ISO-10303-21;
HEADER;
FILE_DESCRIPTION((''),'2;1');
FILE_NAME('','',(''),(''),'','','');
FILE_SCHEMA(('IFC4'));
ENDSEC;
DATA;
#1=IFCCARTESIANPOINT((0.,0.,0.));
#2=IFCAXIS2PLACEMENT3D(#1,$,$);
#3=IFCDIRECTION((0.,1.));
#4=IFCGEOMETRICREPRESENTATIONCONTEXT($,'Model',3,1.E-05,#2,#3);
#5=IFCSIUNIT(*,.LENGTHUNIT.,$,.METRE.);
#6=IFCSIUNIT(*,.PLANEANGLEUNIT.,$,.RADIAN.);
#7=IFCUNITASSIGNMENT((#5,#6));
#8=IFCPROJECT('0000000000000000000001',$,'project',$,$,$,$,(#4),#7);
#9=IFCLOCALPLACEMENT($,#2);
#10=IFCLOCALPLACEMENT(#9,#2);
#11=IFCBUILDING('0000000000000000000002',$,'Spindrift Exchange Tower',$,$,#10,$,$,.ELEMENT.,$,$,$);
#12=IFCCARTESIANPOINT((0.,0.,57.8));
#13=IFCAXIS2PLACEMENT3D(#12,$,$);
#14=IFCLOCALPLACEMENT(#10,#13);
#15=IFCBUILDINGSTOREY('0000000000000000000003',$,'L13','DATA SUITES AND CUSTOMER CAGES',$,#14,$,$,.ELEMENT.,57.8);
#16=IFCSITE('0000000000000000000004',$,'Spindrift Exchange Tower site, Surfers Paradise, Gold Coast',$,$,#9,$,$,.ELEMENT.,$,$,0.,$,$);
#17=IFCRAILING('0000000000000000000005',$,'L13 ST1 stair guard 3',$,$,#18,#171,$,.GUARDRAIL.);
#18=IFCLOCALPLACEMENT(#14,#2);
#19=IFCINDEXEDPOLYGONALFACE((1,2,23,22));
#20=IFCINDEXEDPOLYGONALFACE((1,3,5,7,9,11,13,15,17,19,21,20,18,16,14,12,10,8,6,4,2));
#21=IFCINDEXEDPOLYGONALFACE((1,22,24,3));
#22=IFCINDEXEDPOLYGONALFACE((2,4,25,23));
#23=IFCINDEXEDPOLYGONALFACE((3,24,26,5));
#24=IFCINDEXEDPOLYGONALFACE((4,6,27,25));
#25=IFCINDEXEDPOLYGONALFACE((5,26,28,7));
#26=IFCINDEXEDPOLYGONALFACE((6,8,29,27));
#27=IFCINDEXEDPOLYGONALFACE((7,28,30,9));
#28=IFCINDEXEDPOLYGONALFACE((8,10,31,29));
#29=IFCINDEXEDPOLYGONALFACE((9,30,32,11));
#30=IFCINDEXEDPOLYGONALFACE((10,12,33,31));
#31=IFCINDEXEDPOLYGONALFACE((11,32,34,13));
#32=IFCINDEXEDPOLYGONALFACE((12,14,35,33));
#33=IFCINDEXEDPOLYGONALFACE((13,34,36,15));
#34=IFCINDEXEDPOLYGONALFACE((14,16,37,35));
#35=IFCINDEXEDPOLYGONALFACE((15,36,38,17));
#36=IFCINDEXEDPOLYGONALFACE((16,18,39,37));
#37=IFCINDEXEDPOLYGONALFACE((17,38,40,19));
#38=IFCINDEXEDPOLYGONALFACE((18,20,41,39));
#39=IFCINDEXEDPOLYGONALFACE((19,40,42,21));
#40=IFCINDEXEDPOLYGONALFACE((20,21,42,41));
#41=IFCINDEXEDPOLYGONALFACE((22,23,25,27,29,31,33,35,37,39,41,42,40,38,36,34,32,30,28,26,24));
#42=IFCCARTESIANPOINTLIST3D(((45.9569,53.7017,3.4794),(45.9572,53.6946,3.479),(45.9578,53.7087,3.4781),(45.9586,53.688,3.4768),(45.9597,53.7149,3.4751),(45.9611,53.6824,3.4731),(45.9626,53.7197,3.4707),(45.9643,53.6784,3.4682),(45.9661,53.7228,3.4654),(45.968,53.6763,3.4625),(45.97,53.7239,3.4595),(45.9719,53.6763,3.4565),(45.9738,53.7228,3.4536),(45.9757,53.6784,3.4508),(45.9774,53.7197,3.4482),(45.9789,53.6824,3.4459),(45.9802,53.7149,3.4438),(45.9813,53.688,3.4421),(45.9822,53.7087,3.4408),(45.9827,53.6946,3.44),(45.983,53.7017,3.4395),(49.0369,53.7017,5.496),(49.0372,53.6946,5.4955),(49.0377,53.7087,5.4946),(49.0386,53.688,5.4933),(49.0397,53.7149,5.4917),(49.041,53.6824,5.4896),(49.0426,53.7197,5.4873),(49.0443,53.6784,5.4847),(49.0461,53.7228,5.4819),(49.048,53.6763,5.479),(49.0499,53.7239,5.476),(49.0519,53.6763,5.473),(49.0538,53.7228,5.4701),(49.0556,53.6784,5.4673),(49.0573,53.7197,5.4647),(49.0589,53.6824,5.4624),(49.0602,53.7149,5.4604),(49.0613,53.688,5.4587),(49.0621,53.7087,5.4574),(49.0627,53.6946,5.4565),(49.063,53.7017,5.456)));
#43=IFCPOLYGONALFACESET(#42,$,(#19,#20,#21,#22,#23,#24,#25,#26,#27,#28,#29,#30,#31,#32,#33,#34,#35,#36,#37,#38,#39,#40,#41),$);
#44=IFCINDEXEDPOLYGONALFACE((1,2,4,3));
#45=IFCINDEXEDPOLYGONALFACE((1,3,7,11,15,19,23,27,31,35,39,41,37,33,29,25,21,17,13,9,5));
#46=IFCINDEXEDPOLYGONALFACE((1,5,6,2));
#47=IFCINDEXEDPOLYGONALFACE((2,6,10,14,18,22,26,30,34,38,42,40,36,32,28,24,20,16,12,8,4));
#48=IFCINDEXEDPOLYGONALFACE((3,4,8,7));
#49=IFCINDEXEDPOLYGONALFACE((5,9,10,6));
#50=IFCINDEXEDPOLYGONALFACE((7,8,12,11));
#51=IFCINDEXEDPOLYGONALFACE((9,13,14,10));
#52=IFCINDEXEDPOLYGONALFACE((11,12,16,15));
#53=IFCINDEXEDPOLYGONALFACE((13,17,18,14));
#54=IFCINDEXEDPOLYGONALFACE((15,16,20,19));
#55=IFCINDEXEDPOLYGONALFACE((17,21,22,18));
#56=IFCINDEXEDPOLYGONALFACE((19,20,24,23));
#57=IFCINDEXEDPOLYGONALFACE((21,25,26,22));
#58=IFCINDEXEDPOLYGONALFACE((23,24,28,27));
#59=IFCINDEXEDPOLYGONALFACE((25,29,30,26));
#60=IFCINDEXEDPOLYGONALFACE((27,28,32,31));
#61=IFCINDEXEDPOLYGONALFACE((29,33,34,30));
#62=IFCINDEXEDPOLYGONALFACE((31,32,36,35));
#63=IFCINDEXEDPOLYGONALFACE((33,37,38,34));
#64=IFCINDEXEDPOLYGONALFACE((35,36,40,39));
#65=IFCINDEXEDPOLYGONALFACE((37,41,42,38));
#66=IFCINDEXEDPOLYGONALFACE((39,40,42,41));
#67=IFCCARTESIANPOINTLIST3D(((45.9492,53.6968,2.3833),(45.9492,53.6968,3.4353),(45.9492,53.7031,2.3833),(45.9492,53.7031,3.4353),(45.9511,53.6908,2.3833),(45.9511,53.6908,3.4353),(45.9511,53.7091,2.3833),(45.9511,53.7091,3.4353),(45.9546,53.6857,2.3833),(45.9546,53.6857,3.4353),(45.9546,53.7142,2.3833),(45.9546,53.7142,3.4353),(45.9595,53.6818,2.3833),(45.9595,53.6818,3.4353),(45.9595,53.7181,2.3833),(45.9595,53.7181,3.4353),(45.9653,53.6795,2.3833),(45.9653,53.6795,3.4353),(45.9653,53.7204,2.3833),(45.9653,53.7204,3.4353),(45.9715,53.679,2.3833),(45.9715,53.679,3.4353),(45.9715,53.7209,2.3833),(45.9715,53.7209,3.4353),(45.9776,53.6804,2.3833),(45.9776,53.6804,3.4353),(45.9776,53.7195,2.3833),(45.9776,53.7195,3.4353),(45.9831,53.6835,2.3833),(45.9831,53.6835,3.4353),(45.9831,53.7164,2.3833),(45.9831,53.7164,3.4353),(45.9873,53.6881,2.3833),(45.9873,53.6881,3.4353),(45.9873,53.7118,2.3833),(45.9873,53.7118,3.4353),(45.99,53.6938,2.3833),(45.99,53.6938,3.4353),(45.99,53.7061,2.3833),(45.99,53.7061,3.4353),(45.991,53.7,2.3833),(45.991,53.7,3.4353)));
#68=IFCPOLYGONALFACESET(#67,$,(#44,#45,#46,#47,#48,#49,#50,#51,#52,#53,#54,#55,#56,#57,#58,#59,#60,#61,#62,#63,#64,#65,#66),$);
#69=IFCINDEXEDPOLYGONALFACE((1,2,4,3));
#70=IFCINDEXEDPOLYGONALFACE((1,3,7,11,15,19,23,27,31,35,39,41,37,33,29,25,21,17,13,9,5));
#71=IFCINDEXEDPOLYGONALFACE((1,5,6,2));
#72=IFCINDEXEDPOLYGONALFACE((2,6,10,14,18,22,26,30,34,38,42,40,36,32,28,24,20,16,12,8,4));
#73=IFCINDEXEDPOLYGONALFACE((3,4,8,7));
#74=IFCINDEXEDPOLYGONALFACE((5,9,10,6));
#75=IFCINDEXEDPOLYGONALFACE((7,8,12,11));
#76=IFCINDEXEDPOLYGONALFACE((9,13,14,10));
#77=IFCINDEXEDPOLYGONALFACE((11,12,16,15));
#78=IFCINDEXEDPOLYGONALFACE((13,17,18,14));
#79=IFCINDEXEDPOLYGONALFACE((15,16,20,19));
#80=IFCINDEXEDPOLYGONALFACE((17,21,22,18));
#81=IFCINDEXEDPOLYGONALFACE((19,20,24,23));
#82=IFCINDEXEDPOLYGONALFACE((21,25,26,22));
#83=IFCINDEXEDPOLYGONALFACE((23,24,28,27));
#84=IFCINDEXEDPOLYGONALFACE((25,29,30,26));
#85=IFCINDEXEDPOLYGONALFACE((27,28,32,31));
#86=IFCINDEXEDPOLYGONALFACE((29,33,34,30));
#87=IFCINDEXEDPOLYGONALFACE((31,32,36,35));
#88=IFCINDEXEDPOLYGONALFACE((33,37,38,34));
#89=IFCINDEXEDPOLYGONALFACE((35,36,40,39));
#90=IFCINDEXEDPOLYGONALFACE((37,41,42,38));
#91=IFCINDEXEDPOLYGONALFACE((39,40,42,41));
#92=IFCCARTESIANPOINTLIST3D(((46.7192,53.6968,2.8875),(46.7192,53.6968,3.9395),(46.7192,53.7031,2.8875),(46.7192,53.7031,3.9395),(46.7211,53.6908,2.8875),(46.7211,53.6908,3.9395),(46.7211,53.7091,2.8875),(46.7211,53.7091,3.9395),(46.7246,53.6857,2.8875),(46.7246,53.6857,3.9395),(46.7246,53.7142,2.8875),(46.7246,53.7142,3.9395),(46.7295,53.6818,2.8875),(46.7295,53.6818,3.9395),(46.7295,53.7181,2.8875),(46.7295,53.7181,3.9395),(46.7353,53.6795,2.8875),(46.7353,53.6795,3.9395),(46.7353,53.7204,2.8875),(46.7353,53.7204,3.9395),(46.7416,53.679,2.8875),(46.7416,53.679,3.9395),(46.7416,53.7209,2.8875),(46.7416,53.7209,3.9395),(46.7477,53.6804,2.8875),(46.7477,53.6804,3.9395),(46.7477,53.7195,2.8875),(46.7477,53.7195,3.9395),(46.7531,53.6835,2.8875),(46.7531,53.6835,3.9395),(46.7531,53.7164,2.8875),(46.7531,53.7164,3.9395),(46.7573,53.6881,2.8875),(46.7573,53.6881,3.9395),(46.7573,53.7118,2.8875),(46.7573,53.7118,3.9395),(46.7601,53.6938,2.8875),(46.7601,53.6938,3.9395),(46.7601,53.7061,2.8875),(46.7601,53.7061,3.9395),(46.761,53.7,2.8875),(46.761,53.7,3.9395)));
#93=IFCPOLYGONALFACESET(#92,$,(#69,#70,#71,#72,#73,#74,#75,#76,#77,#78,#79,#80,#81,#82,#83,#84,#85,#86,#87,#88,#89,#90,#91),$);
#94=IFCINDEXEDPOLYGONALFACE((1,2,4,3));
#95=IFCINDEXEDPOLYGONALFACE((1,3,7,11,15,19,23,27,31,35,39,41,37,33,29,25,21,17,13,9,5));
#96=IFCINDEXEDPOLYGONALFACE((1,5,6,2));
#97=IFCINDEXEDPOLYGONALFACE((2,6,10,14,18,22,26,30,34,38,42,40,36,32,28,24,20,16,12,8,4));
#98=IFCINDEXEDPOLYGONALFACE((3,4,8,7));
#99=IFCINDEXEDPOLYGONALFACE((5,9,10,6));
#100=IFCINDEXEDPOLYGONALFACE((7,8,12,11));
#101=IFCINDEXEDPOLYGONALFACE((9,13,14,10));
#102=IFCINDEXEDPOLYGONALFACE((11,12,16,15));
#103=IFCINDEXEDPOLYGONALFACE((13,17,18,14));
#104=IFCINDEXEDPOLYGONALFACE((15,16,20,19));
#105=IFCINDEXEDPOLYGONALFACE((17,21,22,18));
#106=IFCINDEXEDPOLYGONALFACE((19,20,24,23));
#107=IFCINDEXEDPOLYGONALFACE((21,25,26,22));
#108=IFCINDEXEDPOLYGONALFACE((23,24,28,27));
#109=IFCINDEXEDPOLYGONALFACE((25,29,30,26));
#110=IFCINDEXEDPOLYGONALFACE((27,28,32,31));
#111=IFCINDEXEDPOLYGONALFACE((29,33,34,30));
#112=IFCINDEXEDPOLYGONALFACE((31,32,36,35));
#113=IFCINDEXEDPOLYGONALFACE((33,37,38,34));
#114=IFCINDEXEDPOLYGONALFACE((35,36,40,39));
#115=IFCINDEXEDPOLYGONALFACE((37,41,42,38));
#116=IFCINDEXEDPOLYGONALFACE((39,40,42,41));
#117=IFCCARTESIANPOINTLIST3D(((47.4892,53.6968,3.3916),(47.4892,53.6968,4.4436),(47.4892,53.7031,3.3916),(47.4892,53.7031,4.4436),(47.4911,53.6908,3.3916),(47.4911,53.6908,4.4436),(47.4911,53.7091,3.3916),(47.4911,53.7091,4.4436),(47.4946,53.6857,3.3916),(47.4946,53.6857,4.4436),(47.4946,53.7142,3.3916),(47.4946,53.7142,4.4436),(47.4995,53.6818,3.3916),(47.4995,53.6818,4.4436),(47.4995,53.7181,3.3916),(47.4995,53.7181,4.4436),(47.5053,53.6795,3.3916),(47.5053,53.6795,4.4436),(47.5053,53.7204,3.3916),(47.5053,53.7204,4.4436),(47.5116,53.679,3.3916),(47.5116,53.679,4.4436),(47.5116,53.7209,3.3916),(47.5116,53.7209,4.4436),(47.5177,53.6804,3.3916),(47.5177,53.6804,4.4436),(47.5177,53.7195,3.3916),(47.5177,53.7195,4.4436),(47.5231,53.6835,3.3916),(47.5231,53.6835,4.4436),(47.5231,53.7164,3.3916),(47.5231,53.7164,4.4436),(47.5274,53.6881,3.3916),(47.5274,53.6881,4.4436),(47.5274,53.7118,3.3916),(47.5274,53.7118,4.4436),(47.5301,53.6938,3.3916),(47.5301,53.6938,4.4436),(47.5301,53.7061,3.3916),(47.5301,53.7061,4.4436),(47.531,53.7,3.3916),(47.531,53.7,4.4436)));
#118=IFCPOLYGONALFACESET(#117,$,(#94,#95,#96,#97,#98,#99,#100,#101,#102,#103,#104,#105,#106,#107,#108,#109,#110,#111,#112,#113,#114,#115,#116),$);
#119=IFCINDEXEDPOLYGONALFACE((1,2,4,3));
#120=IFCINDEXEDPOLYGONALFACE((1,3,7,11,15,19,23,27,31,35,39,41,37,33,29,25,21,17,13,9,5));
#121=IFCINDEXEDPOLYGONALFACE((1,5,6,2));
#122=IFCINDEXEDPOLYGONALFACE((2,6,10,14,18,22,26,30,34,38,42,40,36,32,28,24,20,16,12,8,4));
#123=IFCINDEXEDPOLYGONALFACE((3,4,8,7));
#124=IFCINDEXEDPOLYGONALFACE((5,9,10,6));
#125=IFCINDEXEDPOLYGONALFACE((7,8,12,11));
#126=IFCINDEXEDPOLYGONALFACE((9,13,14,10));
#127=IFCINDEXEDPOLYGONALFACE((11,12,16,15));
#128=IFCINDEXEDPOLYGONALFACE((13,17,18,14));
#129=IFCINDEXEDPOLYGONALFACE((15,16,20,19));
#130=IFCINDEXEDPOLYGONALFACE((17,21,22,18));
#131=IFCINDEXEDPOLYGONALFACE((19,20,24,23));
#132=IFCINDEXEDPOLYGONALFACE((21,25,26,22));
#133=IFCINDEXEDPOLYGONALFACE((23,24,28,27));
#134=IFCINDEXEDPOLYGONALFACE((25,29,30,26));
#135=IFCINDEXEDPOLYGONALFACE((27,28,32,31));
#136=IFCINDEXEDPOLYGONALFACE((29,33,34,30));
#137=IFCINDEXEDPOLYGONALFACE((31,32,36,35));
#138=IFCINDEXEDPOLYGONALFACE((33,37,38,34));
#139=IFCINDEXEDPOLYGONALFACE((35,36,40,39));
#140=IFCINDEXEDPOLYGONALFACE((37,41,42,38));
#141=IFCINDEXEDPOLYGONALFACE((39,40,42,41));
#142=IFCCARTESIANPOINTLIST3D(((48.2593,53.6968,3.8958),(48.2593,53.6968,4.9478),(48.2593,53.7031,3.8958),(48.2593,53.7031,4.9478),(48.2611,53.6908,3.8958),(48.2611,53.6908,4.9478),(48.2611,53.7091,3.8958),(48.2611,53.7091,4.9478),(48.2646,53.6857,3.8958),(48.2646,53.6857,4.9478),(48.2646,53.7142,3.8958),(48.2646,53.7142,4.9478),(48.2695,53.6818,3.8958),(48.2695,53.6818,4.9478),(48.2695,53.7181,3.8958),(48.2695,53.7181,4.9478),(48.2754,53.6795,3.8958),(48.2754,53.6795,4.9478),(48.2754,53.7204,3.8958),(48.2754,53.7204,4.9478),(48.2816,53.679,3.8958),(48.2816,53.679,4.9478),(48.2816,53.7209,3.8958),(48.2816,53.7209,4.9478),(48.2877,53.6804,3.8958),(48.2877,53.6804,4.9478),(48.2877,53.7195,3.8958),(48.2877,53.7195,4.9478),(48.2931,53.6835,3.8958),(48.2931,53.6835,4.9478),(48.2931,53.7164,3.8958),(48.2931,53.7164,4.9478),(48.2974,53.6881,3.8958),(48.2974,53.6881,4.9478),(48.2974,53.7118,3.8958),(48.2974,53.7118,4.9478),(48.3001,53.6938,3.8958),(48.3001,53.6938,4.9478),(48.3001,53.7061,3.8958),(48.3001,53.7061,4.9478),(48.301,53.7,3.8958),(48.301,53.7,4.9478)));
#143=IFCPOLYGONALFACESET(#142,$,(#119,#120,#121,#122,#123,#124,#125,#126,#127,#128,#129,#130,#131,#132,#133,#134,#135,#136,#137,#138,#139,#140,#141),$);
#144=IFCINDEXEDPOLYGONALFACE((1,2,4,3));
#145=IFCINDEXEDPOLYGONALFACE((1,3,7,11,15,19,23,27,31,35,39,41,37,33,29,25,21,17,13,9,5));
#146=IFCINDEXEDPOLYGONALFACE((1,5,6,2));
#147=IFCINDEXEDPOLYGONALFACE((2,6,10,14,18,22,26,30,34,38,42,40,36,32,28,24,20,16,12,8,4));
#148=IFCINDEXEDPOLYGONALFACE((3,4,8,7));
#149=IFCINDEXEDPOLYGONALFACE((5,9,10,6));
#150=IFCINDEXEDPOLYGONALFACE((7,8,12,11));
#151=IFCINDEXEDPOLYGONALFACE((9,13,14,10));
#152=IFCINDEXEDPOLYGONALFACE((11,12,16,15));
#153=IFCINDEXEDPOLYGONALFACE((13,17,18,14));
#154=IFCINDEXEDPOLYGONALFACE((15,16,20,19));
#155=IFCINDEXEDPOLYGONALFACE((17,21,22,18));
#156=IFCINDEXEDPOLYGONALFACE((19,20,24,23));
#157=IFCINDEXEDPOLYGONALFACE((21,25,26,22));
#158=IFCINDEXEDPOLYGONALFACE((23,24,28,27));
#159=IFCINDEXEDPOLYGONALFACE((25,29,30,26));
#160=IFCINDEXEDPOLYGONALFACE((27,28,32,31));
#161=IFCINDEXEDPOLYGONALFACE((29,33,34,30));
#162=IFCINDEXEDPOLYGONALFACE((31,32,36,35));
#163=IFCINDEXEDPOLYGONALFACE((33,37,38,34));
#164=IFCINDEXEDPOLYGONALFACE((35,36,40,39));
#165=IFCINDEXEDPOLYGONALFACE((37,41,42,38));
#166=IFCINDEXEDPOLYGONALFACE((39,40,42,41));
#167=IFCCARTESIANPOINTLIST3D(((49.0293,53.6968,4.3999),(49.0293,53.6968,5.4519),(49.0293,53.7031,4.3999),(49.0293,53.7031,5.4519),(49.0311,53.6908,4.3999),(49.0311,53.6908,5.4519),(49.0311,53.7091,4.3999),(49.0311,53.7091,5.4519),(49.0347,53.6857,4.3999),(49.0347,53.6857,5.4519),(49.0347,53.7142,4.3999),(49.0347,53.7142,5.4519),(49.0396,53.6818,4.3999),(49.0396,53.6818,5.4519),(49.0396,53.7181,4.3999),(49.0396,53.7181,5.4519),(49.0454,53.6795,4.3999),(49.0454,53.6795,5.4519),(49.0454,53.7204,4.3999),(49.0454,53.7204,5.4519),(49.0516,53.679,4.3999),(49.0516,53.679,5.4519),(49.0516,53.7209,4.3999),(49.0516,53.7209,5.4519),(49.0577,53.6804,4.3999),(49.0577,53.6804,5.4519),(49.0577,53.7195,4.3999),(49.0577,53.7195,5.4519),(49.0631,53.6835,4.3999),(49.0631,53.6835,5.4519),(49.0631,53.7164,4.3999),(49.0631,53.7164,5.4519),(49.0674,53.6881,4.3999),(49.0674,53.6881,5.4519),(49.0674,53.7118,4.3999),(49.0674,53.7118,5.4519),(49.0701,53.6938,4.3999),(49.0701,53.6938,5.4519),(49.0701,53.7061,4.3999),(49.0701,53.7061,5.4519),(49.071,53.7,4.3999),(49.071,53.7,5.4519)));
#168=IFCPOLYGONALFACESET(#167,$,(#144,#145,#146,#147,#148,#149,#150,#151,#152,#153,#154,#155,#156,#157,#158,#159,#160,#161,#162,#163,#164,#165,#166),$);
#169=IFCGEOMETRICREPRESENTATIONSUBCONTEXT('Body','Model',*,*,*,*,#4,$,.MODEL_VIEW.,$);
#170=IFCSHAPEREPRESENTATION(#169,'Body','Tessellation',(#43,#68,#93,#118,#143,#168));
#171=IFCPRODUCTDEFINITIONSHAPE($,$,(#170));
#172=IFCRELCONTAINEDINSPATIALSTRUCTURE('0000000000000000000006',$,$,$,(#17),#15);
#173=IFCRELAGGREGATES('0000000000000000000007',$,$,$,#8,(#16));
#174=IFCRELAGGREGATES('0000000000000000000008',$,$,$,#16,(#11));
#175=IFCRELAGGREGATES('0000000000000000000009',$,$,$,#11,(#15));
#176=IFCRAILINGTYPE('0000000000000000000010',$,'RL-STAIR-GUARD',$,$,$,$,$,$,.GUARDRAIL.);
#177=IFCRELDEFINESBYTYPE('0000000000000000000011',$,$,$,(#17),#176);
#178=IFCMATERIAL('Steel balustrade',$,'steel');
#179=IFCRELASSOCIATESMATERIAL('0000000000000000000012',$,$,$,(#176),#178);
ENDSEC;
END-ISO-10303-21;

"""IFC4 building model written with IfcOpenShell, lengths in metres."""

from ifc_helpers import new_model, si_unit, direction, frame, origin, origin_2d, place, context, subcontext, project, spatial, circle, extrude, material, type_object, element, save


model = new_model("IFC4")

# Units and contexts
model_context = context("Model", 3, precision=1e-05, world=origin(), true_north=direction((0.0, 1.0)))
body_context = subcontext(model_context, "Body", "Model", "MODEL_VIEW")
ifc_project = project(units=[si_unit("LENGTHUNIT", "METRE"), si_unit("PLANEANGLEUNIT", "RADIAN")], contexts=[model_context])

# Site, building, storey
site_placement = place(None, origin())
site = spatial("IfcSite", under=ifc_project, at=site_placement, Name="Spindrift Exchange Tower site, Surfers Paradise, Gold Coast", CompositionType="ELEMENT", RefElevation=0.0)
building_placement = place(site_placement, origin())
building = spatial("IfcBuilding", under=site, at=building_placement, Name="Spindrift Exchange Tower", CompositionType="ELEMENT")
storey_placement = place(building_placement, frame((0.0, 0.0, 57.8)))
storey = spatial("IfcBuildingStorey", under=building, at=storey_placement, Name="L13", Description="DATA SUITES AND CUSTOMER CAGES", CompositionType="ELEMENT", Elevation=57.8)

# Railing
ifc_material_1 = material(Name="Steel balustrade", Category="steel")
railing_type_1 = type_object("IfcRailingType", Name="RL-STAIR-GUARD", PredefinedType="GUARDRAIL", material=ifc_material_1)
railing_1_placement = place(storey_placement, frame((45.97, 53.7, 2.3833)))
element("IfcRailing", 1, at=railing_1_placement, inside=storey, type_object=railing_type_1, Name="L13 ST1 stair guard 3", PredefinedType="GUARDRAIL", context=body_context, shape_type="SweptSolid", body=[
    extrude(circle(Radius=0.0239, at=origin_2d()), frame((0.0, 0.0, 1.0762), z_axis=(0.836633, 0.0, 0.547764), x_axis=(0.0, 1.0, 0.0)), (0.0, 0.0, 1.0), 3.6814),
    extrude(circle(Radius=0.021, at=origin_2d()), origin(), (0.0, 0.0, 1.0), 1.052),
    extrude(circle(Radius=0.021, at=origin_2d()), frame((0.77, 0.0, 0.5042)), (0.0, 0.0, 1.0), 1.052),
    extrude(circle(Radius=0.021, at=origin_2d()), frame((1.54, 0.0, 1.0083)), (0.0, 0.0, 1.0), 1.052),
    extrude(circle(Radius=0.021, at=origin_2d()), frame((2.3101, 0.0, 1.5125)), (0.0, 0.0, 1.0), 1.052),
    extrude(circle(Radius=0.021, at=origin_2d()), frame((3.0801, 0.0, 2.0166)), (0.0, 0.0, 1.0), 1.052),
])

save(model, "model.ifc")
